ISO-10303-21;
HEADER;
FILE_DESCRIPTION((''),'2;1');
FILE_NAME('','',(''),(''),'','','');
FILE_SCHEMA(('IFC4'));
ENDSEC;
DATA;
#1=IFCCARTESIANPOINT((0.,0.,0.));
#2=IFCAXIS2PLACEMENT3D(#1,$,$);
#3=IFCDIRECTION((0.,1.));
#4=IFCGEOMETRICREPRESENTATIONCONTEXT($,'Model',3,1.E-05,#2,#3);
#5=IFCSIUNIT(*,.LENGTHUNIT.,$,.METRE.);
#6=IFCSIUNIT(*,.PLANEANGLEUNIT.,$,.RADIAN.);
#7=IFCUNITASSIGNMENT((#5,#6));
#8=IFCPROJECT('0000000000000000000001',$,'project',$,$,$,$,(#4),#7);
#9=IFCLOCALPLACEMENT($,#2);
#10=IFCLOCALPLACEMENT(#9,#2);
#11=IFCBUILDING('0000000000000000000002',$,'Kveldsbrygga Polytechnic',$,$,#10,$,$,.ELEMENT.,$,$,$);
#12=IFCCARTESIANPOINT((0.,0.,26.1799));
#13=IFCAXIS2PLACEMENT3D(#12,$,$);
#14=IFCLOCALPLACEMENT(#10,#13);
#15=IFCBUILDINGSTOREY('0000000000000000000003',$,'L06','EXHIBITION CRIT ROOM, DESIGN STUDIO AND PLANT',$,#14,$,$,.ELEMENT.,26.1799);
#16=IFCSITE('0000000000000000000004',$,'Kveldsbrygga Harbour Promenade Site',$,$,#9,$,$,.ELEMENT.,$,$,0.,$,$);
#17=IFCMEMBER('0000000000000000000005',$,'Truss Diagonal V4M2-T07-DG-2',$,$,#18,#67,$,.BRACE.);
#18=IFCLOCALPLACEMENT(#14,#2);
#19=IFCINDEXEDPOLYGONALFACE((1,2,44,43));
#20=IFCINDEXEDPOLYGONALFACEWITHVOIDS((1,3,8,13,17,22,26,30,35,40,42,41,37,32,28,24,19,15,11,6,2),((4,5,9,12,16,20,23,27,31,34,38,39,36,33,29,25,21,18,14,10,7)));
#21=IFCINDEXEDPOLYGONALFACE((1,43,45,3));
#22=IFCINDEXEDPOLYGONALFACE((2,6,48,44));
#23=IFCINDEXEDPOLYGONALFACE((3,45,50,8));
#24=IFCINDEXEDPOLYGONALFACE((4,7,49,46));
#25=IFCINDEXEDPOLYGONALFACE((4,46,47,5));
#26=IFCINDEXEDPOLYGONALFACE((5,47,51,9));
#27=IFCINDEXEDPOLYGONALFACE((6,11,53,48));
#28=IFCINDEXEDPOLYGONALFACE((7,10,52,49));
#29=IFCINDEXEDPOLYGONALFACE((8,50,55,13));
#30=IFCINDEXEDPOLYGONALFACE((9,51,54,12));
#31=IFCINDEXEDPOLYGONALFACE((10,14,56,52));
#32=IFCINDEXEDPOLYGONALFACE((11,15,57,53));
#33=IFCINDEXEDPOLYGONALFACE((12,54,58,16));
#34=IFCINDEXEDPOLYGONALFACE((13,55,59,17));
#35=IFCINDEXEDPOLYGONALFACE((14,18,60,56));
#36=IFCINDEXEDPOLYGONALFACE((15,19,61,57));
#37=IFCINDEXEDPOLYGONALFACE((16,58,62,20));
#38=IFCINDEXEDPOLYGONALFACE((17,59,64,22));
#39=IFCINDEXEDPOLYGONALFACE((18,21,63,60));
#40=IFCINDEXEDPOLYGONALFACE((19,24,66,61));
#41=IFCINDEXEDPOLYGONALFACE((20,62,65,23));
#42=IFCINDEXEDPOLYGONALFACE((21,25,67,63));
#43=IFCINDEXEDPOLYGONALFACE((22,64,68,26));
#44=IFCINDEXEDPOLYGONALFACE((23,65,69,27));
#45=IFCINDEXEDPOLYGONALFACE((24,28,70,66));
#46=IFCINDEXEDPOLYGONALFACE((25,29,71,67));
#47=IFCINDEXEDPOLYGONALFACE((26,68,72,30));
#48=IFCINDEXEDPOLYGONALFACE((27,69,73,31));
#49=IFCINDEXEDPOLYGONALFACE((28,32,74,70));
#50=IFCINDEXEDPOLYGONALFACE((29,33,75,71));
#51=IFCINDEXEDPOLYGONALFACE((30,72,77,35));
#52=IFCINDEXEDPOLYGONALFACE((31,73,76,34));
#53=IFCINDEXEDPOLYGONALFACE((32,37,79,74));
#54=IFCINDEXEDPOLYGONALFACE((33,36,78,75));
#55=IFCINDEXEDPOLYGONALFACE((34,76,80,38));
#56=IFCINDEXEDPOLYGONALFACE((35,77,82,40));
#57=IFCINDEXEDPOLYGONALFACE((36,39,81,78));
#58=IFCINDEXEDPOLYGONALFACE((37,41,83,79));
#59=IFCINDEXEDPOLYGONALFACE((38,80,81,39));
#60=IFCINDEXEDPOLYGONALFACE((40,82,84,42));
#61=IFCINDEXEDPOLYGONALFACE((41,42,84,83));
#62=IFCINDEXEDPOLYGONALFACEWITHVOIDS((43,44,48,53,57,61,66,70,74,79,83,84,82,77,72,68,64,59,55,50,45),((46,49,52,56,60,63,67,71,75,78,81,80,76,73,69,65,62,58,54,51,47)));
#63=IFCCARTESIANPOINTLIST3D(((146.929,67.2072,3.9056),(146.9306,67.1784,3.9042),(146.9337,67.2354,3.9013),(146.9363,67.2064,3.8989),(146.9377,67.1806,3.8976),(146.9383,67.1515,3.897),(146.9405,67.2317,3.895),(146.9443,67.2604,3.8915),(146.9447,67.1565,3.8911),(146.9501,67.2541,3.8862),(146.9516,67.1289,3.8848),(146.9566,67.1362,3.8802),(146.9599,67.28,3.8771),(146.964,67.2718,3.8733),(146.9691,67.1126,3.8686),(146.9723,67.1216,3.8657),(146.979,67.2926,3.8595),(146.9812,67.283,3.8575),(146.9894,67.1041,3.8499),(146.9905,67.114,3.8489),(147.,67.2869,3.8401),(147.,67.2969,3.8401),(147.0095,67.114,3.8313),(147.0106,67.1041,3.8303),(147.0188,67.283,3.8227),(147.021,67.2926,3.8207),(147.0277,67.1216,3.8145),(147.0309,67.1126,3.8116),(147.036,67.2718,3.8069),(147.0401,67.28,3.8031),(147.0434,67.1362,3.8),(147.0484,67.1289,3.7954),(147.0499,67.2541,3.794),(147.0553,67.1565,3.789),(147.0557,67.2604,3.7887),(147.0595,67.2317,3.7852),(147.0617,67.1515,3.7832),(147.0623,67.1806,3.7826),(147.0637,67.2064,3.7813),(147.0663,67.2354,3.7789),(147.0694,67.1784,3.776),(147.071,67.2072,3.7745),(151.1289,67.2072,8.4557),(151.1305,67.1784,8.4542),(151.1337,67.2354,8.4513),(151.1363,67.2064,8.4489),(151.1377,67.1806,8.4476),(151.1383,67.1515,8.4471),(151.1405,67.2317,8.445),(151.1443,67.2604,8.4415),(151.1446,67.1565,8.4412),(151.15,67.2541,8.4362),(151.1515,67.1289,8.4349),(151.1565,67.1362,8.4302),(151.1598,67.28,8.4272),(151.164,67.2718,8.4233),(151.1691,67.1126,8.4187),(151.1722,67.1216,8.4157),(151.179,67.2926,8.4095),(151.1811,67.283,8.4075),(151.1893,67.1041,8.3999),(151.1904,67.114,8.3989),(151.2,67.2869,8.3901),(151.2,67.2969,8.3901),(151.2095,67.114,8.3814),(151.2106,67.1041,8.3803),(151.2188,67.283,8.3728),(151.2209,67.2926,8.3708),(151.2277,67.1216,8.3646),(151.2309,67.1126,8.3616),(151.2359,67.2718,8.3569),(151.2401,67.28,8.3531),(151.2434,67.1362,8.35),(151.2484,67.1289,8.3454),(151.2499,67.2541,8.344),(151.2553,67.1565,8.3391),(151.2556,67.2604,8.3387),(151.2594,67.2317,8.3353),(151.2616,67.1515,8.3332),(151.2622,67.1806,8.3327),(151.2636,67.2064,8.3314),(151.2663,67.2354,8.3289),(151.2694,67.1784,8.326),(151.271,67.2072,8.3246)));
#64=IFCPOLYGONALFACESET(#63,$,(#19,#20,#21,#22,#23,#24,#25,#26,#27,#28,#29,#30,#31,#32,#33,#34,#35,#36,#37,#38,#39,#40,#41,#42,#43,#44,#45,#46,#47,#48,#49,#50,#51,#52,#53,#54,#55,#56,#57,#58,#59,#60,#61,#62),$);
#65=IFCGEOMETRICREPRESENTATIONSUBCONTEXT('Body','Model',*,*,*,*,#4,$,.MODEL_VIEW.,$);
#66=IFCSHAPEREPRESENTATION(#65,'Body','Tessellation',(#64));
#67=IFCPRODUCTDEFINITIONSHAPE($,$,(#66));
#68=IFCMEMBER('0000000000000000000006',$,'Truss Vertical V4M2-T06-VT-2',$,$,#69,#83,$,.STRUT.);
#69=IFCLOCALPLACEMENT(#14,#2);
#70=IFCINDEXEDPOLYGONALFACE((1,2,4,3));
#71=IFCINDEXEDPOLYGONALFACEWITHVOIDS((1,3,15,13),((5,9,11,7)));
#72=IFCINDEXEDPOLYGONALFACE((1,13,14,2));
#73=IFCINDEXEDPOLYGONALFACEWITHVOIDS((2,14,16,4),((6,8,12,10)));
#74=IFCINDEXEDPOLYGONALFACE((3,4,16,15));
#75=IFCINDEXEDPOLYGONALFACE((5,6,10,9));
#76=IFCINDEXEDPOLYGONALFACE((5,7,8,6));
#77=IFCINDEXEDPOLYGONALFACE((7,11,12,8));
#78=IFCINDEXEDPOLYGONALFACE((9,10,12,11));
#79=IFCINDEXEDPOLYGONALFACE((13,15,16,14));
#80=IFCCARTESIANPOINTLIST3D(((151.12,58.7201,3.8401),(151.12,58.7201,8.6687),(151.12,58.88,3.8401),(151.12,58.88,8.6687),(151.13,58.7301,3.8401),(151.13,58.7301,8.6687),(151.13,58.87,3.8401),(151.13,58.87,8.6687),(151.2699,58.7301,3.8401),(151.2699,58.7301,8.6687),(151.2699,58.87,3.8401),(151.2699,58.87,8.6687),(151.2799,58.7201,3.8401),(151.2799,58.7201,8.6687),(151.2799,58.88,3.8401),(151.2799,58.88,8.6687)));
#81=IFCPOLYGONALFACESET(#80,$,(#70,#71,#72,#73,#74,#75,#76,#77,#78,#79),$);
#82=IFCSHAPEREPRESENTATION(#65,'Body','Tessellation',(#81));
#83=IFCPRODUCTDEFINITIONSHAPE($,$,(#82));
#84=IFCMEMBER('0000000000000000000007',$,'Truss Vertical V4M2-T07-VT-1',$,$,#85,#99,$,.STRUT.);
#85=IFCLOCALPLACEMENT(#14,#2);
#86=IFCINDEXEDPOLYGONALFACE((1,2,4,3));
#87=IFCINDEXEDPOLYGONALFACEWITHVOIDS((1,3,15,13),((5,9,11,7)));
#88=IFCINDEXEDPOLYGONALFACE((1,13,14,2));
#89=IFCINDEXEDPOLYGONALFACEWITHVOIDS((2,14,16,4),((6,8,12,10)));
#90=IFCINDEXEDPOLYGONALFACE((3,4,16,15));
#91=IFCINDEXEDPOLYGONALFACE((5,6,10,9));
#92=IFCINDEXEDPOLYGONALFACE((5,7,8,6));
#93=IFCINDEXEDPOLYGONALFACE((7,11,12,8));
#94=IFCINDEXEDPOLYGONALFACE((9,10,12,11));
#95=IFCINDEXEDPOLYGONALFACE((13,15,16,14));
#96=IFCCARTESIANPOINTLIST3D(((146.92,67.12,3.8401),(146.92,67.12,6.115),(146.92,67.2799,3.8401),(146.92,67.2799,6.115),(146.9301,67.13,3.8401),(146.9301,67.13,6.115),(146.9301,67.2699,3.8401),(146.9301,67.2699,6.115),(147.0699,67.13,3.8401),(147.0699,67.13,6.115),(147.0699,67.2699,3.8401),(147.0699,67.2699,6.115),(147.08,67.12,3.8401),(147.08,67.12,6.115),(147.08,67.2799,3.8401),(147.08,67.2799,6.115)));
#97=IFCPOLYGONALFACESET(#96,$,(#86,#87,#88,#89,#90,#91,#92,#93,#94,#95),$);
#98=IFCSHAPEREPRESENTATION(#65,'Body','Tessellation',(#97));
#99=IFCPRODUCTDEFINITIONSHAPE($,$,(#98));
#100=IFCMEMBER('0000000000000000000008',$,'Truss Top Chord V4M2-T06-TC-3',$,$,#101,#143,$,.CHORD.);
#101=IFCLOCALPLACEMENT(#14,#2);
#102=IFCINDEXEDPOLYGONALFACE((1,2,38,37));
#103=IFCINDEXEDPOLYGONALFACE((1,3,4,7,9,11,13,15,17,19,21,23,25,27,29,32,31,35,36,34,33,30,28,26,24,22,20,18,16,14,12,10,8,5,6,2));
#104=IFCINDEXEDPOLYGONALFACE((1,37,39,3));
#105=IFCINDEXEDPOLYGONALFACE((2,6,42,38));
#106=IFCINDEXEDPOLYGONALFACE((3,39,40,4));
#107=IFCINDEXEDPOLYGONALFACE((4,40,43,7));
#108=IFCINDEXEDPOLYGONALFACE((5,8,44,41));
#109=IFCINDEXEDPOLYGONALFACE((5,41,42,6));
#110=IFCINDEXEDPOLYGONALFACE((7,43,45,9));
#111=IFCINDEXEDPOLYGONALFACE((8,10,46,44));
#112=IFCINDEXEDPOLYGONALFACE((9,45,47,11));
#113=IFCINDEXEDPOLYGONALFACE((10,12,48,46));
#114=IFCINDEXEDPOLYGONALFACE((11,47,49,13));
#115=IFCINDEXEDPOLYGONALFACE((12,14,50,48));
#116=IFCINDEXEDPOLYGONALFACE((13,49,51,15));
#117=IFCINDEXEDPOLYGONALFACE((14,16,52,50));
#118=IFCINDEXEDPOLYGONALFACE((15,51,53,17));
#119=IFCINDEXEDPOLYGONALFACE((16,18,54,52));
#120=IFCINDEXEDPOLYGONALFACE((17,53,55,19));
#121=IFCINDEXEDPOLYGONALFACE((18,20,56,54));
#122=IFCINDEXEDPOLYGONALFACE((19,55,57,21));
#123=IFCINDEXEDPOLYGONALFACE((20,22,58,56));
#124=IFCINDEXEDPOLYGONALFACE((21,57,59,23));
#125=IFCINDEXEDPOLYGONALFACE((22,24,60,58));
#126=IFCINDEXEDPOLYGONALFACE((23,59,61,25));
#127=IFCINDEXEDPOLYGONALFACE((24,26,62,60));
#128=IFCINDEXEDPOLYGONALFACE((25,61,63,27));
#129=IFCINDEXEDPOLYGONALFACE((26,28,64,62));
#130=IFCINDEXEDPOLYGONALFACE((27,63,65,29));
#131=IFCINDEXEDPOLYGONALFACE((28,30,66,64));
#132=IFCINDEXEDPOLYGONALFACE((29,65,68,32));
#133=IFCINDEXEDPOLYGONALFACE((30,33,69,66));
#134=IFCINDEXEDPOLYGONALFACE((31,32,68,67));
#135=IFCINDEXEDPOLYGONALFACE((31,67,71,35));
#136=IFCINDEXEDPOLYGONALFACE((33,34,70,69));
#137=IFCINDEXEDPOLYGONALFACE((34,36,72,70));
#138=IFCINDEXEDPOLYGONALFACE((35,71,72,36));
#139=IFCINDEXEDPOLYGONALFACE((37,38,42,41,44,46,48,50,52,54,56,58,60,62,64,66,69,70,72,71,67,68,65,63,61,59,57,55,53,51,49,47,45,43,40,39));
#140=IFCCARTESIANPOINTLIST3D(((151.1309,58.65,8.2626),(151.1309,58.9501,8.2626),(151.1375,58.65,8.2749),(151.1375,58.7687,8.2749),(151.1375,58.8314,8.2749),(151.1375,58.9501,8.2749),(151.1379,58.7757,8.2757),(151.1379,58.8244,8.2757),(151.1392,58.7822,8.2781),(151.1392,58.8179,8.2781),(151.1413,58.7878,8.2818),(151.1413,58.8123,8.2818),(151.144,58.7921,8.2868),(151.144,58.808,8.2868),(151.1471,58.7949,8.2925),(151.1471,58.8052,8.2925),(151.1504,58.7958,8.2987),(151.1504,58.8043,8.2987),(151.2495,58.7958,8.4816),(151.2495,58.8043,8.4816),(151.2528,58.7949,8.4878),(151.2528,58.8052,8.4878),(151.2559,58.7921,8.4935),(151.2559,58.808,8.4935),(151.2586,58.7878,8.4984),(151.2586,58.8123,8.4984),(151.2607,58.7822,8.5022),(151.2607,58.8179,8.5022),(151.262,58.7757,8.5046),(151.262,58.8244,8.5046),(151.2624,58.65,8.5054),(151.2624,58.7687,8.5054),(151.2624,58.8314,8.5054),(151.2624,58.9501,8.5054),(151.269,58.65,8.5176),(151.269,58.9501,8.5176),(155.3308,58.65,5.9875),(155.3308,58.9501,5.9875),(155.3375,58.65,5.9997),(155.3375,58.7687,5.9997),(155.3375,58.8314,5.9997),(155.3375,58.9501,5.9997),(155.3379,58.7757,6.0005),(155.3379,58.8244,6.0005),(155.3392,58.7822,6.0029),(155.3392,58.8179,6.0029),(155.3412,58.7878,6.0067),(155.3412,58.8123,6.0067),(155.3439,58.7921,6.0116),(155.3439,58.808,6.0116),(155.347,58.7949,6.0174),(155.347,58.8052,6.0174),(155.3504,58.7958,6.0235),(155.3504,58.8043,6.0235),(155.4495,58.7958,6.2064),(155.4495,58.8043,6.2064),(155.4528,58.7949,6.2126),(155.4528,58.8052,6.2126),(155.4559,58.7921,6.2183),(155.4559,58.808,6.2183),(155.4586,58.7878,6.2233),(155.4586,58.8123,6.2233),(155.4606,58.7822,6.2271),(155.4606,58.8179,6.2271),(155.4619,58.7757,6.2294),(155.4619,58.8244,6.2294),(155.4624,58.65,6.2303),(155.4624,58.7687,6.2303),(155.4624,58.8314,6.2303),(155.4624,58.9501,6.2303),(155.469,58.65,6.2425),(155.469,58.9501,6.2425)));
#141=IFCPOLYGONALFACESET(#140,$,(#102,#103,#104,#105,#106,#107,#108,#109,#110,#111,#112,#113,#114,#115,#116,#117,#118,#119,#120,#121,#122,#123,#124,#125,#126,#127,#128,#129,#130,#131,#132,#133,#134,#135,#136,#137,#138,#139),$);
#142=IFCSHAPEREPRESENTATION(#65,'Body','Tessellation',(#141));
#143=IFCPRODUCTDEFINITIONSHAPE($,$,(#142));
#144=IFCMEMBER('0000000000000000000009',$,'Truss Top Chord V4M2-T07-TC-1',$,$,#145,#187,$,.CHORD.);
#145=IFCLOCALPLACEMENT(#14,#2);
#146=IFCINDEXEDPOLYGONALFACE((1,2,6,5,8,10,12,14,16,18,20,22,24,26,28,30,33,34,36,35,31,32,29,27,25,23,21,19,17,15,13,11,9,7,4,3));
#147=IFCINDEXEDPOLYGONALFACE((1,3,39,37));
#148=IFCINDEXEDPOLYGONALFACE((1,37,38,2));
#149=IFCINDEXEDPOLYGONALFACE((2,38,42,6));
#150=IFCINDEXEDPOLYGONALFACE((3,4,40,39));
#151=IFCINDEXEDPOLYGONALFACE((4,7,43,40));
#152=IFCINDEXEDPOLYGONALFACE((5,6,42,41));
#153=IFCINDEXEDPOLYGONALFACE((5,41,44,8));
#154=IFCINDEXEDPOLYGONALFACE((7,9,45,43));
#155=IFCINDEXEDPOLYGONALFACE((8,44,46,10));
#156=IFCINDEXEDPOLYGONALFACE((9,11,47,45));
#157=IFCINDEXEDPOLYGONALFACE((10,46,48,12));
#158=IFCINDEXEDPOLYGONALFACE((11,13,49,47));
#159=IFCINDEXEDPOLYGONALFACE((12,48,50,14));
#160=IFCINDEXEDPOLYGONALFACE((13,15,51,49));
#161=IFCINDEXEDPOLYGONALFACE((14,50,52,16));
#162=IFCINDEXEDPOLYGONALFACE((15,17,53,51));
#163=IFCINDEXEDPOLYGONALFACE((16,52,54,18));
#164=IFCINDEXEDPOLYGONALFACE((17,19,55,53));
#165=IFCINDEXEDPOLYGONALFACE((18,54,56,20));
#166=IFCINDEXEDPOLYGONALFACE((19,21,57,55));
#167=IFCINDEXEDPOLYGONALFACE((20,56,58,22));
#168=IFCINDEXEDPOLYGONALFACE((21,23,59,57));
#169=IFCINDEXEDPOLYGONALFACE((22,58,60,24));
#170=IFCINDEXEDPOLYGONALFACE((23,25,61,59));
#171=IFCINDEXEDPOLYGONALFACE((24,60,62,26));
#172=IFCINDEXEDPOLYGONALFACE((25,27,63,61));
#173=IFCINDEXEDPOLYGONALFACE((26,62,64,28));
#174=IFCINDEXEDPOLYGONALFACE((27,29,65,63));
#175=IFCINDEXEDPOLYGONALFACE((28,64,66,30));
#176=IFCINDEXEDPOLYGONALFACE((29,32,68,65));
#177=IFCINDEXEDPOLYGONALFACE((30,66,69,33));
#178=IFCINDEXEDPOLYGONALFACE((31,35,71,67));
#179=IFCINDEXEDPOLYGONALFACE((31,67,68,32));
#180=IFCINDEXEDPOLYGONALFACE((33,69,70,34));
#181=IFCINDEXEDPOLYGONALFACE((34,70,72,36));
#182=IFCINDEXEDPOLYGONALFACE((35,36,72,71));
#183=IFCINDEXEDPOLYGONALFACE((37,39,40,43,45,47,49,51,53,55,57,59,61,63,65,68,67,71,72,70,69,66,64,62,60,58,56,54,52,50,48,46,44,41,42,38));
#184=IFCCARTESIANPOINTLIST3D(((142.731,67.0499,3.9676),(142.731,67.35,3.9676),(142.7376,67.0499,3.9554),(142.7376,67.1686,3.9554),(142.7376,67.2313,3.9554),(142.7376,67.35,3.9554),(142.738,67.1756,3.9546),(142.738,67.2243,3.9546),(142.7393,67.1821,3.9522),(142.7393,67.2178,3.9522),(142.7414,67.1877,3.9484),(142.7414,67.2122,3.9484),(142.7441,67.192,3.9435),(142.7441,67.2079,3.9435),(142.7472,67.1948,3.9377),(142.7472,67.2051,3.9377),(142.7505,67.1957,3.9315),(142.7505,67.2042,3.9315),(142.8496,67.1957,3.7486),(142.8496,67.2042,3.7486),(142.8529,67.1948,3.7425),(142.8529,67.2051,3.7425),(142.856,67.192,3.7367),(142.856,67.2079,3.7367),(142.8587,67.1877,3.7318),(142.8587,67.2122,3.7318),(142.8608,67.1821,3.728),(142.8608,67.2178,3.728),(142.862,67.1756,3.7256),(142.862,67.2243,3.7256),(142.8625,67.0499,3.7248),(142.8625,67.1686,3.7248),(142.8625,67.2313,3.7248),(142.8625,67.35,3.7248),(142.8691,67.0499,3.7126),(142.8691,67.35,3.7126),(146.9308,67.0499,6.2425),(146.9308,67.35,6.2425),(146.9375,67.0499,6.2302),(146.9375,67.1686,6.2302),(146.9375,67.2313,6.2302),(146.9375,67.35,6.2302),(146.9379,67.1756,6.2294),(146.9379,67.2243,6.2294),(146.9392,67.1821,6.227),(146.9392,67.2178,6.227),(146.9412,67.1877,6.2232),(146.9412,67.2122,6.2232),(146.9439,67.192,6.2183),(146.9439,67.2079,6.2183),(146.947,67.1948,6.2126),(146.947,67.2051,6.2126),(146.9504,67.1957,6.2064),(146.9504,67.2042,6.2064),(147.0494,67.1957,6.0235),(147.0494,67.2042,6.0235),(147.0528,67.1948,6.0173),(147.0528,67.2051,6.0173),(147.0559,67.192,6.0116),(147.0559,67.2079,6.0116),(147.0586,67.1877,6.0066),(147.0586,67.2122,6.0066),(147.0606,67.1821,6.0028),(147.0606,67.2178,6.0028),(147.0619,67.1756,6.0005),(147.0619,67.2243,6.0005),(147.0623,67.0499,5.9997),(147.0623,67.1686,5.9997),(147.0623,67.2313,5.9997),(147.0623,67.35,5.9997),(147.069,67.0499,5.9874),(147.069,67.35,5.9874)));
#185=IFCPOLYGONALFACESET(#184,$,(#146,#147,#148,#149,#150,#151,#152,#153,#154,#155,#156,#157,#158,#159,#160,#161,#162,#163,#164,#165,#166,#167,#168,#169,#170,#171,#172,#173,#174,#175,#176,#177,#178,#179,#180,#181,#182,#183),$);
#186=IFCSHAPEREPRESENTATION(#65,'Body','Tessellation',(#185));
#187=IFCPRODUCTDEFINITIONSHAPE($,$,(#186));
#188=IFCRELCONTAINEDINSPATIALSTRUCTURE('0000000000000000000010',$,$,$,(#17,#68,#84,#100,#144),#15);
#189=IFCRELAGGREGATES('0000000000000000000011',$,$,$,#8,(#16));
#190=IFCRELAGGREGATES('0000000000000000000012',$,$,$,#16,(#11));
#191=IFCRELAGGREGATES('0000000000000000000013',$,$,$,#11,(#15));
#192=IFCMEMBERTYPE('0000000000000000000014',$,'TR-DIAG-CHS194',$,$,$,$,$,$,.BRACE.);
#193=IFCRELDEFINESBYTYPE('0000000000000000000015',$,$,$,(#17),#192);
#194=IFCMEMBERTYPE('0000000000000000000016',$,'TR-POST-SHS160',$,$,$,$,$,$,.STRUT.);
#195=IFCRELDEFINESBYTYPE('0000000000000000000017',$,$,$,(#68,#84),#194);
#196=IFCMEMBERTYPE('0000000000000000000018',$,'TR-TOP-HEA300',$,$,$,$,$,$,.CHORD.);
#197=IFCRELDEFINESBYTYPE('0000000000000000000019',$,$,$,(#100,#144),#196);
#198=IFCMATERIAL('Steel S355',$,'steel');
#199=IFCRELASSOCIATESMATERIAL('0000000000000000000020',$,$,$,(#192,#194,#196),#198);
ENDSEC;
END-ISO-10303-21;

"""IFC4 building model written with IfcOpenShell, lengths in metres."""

from ifc_helpers import new_model, si_unit, direction, frame, origin, origin_2d, place, context, subcontext, project, spatial, hollow_rectangle, hollow_circle, i_section, extrude, material, material_profile, profile_set, type_object, element, save


model = new_model("IFC4")

# Units and contexts
model_context = context("Model", 3, precision=1e-05, world=origin(), true_north=direction((0.0, 1.0)))
body_context = subcontext(model_context, "Body", "Model", "MODEL_VIEW")
ifc_project = project(units=[si_unit("LENGTHUNIT", "METRE"), si_unit("PLANEANGLEUNIT", "RADIAN")], contexts=[model_context])

# Site, building, storey
site_placement = place(None, origin())
site = spatial("IfcSite", under=ifc_project, at=site_placement, Name="Kveldsbrygga Harbour Promenade Site", CompositionType="ELEMENT", RefElevation=0.0)
building_placement = place(site_placement, origin())
building = spatial("IfcBuilding", under=site, at=building_placement, Name="Kveldsbrygga Polytechnic", CompositionType="ELEMENT")
storey_placement = place(building_placement, frame((0.0, 0.0, 26.1799)))
storey = spatial("IfcBuildingStorey", under=building, at=storey_placement, Name="L06", Description="EXHIBITION CRIT ROOM, DESIGN STUDIO AND PLANT", CompositionType="ELEMENT", Elevation=26.1799)

# Shared definitions
ifc_material_1 = material(Name="Steel S355", Category="steel")

# Members
ifc_material_profile_1 = material_profile(ifc_material_1, hollow_circle(Radius=0.0969, WallThickness=0.01, at=origin_2d()), Name="CHS 193.7x10.0")
ifc_profile_set_1 = profile_set([ifc_material_profile_1], Name="Steel S355")
member_type_1 = type_object("IfcMemberType", Name="TR-DIAG-CHS194", PredefinedType="BRACE", material=ifc_profile_set_1)
for number, where, z_axis, x_axis, name in (
    (1, (147.0, 67.2, 3.8401), (0.678272, 0.0, 0.734811), (0.0, 1.0, 0.0), "Truss Diagonal V4M2-T07-DG-2"),
):
    element("IfcMember", number, at=place(storey_placement, frame(where, z_axis=z_axis, x_axis=x_axis)), inside=storey, type_object=member_type_1, Name=name, PredefinedType="BRACE", context=body_context, shape_type="SweptSolid", body=[
        extrude(hollow_circle(Radius=0.0969, WallThickness=0.01, at=origin_2d()), origin(), (0.0, 0.0, 1.0), 6.1921),
    ])
ifc_material_profile_2 = material_profile(ifc_material_1, hollow_rectangle(XDim=0.1599, YDim=0.1599, WallThickness=0.01, at=origin_2d()), Name="SHS 160x160x10.0")
ifc_profile_set_2 = profile_set([ifc_material_profile_2], Name="Steel S355")
member_type_2 = type_object("IfcMemberType", Name="TR-POST-SHS160", PredefinedType="STRUT", material=ifc_profile_set_2)
member_1_placement = place(storey_placement, frame((151.2, 58.8, 3.8401), z_axis=(0.0, 0.0, 1.0), x_axis=(1.0, 0.0, 0.0)))
element("IfcMember", 2, at=member_1_placement, inside=storey, type_object=member_type_2, Name="Truss Vertical V4M2-T06-VT-2", PredefinedType="STRUT", context=body_context, shape_type="SweptSolid", body=[
    extrude(hollow_rectangle(XDim=0.1599, YDim=0.1599, WallThickness=0.01, at=origin_2d()), origin(), (0.0, 0.0, 1.0), 4.8286),
])
member_2_placement = place(storey_placement, frame((147.0, 67.2, 3.8401), z_axis=(0.0, 0.0, 1.0), x_axis=(1.0, 0.0, 0.0)))
element("IfcMember", 3, at=member_2_placement, inside=storey, type_object=member_type_2, Name="Truss Vertical V4M2-T07-VT-1", PredefinedType="STRUT", context=body_context, shape_type="SweptSolid", body=[
    extrude(hollow_rectangle(XDim=0.1599, YDim=0.1599, WallThickness=0.01, at=origin_2d()), origin(), (0.0, 0.0, 1.0), 2.2749),
])
ifc_material_profile_3 = material_profile(ifc_material_1, i_section(OverallWidth=0.3, OverallDepth=0.29, WebThickness=0.0085, FlangeThickness=0.0139, FilletRadius=0.0271, at=origin_2d()), Name="HEA 300")
ifc_profile_set_3 = profile_set([ifc_material_profile_3], Name="Steel S355")
member_type_3 = type_object("IfcMemberType", Name="TR-TOP-HEA300", PredefinedType="CHORD", material=ifc_profile_set_3)
member_3_placement = place(storey_placement, frame((151.2, 58.8, 8.3901), z_axis=(0.879277, 0.0, -0.476311), x_axis=(0.0, 1.0, 0.0)))
element("IfcMember", 4, at=member_3_placement, inside=storey, type_object=member_type_3, Name="Truss Top Chord V4M2-T06-TC-3", PredefinedType="CHORD", context=body_context, shape_type="SweptSolid", body=[
    extrude(i_section(OverallWidth=0.3, OverallDepth=0.29, WebThickness=0.0085, FlangeThickness=0.0139, FilletRadius=0.0271, at=origin_2d()), origin(), (0.0, 0.0, 1.0), 4.7766),
])
member_4_placement = place(storey_placement, frame((142.8, 67.2, 3.8401), z_axis=(0.879298, 0.0, 0.476272), x_axis=(0.0, 1.0, 0.0)))
element("IfcMember", 5, at=member_4_placement, inside=storey, type_object=member_type_3, Name="Truss Top Chord V4M2-T07-TC-1", PredefinedType="CHORD", context=body_context, shape_type="SweptSolid", body=[
    extrude(i_section(OverallWidth=0.3, OverallDepth=0.29, WebThickness=0.0085, FlangeThickness=0.0139, FilletRadius=0.0271, at=origin_2d()), origin(), (0.0, 0.0, 1.0), 4.7764),
])

save(model, "model.ifc")
